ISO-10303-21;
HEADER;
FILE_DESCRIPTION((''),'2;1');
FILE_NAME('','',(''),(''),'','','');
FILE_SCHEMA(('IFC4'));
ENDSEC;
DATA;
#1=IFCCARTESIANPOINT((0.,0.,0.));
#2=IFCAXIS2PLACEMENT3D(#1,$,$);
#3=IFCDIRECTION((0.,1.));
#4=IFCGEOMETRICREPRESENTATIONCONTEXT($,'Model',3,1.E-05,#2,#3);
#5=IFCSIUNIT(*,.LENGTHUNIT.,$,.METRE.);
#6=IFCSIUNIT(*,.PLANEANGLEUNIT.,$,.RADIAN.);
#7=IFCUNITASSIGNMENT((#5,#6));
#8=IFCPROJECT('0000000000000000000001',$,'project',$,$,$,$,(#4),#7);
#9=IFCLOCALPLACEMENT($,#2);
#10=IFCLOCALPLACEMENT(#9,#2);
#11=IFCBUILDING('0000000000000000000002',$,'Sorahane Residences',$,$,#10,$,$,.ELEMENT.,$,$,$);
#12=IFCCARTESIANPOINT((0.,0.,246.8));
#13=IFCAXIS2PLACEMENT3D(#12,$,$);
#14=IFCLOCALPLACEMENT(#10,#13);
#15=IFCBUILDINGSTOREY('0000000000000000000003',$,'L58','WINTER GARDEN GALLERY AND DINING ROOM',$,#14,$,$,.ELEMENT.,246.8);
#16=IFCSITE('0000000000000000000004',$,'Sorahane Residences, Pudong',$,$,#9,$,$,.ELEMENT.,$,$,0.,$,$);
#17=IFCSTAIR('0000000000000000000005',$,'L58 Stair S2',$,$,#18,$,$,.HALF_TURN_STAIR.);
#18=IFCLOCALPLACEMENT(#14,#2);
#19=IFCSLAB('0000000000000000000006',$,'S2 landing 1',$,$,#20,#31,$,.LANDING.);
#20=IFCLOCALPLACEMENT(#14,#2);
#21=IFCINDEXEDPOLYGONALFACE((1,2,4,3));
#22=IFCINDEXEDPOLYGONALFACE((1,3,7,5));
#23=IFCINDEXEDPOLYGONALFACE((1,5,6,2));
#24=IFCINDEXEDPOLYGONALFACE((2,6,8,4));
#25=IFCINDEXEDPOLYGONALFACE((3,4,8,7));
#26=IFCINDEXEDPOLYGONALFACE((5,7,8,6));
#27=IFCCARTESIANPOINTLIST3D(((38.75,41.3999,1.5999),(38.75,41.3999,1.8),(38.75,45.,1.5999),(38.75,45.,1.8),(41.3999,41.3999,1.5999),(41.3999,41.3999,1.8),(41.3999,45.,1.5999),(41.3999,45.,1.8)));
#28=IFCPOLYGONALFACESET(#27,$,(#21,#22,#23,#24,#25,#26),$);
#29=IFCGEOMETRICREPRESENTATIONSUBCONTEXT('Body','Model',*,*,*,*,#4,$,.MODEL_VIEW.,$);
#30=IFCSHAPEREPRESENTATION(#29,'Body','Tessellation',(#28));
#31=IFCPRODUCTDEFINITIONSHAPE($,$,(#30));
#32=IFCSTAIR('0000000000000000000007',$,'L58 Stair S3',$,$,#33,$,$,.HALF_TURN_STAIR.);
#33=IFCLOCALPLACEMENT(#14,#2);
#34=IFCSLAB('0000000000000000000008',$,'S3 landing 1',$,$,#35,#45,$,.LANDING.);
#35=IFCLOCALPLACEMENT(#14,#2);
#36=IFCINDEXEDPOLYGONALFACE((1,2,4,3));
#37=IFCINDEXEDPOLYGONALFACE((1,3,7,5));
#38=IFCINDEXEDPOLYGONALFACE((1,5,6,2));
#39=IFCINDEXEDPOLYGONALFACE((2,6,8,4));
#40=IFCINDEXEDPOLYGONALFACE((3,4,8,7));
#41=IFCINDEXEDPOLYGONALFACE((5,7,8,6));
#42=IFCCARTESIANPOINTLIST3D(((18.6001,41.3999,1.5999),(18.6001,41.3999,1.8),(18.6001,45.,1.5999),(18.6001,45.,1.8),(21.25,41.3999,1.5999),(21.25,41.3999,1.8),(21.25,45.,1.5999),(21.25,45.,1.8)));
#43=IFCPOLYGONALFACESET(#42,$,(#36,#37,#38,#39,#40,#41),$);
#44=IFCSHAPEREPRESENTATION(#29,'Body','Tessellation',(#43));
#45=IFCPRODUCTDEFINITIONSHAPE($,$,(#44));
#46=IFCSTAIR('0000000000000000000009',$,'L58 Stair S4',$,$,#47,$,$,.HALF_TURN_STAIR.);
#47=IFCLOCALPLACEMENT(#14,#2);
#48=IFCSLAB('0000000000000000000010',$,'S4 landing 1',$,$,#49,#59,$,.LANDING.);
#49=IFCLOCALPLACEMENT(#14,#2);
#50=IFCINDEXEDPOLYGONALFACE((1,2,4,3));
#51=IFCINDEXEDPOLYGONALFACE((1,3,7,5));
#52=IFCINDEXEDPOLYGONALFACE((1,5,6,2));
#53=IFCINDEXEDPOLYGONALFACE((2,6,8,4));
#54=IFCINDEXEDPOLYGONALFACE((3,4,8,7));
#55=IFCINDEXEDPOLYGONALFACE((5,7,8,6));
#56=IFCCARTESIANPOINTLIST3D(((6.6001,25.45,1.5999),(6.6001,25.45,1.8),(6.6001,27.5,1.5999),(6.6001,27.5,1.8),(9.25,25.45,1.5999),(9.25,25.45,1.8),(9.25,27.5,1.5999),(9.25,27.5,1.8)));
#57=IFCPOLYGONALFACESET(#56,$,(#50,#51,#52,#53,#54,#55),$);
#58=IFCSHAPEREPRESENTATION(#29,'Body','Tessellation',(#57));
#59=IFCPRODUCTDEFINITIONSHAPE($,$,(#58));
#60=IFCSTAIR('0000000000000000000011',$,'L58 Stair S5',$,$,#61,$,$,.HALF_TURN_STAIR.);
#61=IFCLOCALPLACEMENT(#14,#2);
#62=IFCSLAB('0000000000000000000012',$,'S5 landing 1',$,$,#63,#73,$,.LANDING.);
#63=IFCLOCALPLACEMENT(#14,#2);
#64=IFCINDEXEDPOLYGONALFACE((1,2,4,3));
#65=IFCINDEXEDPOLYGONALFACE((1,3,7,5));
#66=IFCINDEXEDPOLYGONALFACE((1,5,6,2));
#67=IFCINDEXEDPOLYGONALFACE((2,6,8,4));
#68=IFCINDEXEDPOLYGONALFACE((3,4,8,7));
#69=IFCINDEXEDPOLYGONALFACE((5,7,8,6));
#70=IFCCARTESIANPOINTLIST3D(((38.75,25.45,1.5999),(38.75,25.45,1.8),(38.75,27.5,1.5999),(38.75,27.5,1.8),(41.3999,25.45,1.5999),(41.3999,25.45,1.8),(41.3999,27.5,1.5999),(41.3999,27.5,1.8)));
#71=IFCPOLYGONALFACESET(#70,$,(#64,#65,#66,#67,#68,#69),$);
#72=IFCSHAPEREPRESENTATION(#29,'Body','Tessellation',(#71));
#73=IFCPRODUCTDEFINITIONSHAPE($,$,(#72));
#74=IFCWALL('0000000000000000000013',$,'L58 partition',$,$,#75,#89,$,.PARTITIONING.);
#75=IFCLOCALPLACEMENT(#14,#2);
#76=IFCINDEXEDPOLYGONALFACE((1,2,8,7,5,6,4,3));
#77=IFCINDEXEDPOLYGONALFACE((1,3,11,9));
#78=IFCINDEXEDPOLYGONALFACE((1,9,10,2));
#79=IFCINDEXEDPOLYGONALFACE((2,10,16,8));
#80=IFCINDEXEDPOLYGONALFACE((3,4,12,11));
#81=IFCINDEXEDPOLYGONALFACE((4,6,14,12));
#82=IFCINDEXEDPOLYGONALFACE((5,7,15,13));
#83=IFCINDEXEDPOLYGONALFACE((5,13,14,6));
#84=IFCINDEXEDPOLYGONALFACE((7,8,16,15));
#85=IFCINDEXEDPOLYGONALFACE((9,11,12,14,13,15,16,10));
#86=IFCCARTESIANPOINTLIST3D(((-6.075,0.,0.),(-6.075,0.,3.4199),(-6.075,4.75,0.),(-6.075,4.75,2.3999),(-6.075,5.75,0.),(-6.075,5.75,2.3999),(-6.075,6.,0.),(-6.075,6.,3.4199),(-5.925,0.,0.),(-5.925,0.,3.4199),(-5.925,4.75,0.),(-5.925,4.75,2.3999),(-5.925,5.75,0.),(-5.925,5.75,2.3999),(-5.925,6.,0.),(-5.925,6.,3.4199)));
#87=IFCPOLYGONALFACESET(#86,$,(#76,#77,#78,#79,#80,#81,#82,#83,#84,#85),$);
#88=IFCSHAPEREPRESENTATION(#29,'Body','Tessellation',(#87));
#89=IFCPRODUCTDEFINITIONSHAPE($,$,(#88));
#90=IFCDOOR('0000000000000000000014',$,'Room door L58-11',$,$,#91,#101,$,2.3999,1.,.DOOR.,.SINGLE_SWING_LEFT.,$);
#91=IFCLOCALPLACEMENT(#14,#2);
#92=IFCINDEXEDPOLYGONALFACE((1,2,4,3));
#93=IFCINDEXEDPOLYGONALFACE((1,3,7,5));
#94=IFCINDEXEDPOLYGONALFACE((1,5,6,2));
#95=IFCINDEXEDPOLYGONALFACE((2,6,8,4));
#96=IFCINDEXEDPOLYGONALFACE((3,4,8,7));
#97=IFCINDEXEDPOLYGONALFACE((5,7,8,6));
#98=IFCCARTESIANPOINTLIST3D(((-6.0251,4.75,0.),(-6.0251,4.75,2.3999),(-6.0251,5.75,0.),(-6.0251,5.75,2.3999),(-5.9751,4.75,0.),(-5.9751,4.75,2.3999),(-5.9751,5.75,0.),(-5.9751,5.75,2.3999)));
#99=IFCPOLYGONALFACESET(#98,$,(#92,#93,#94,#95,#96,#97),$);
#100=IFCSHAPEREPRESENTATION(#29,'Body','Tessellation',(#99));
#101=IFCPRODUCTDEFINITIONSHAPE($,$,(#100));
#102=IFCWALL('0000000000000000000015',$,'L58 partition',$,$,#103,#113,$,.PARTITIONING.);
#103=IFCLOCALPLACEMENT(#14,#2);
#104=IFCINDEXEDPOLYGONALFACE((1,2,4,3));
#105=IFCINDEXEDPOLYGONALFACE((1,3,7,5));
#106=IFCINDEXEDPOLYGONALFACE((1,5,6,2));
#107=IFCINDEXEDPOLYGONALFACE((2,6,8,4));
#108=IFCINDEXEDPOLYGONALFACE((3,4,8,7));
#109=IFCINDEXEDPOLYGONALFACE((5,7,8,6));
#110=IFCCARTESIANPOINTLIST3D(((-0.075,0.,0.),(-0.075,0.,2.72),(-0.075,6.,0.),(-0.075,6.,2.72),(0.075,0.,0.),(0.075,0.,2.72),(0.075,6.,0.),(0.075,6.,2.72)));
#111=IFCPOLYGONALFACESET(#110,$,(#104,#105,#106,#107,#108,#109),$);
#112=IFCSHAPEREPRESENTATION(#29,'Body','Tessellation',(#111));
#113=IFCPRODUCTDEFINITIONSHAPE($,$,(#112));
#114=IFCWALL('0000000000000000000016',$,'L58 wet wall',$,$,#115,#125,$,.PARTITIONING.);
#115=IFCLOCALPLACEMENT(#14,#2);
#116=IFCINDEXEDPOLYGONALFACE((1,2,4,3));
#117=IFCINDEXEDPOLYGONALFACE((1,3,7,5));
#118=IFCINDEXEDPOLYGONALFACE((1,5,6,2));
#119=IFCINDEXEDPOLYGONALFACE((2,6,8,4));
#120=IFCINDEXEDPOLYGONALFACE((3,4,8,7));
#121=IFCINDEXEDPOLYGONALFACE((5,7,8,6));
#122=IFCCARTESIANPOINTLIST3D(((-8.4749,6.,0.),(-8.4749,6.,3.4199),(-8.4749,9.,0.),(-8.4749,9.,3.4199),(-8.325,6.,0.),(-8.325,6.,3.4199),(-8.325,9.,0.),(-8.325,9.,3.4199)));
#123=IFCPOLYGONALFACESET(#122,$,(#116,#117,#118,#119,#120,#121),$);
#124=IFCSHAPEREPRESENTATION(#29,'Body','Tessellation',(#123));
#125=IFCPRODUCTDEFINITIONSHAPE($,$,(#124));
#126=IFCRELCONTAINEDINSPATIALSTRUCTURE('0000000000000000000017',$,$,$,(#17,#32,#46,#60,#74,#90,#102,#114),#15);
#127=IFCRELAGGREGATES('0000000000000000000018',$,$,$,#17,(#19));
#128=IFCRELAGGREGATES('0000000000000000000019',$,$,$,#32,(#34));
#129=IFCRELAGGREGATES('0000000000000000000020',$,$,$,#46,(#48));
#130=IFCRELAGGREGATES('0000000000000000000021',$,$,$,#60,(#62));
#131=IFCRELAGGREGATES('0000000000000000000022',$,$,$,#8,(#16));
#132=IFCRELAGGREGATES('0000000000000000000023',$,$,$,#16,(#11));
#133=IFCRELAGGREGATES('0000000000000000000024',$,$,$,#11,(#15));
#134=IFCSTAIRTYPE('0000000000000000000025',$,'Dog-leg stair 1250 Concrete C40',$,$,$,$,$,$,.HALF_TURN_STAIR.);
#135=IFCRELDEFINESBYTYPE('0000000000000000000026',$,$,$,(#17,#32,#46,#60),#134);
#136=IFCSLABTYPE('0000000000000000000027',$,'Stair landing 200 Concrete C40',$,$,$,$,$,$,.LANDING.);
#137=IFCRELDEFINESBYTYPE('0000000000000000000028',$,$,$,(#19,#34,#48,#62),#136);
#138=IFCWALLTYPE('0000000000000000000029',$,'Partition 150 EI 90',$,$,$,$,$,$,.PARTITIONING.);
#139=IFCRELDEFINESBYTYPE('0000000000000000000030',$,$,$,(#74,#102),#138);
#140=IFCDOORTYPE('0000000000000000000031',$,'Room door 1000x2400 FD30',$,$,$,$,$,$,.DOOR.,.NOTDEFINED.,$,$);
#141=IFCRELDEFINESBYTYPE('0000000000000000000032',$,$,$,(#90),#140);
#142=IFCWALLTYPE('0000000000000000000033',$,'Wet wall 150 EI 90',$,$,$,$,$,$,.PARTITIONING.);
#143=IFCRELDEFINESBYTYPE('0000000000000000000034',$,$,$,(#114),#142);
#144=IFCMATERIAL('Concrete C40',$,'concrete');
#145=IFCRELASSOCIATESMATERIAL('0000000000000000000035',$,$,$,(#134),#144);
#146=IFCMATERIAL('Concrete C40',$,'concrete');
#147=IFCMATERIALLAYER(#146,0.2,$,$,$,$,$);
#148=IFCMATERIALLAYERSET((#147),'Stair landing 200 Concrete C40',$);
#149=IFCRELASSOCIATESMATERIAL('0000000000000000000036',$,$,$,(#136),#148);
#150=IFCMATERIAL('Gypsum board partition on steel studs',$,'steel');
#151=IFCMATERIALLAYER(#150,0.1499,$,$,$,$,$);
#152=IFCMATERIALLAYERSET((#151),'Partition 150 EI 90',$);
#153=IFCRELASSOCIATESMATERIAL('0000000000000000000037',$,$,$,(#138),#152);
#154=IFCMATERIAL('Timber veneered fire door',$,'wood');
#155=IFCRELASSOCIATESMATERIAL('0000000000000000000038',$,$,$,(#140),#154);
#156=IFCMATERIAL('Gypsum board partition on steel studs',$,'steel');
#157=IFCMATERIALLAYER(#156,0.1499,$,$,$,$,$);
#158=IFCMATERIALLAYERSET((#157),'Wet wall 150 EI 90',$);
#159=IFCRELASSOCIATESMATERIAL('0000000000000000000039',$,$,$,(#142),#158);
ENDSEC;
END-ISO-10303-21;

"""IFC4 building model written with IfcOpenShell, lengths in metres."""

from ifc_helpers import new_model, si_unit, direction, frame, frame_2d, origin, place, context, subcontext, project, spatial, polyline, rectangle, outline, extrude, material, layer, layer_set, type_object, element, fill, aggregate, save


model = new_model("IFC4")

# Units and contexts
model_context = context("Model", 3, precision=1e-05, world=origin(), true_north=direction((0.0, 1.0)))
body_context = subcontext(model_context, "Body", "Model", "MODEL_VIEW")
ifc_project = project(units=[si_unit("LENGTHUNIT", "METRE"), si_unit("PLANEANGLEUNIT", "RADIAN")], contexts=[model_context])

# Site, building, storey
site_placement = place(None, origin())
site = spatial("IfcSite", under=ifc_project, at=site_placement, Name="Sorahane Residences, Pudong", CompositionType="ELEMENT", RefElevation=0.0)
building_placement = place(site_placement, origin())
building = spatial("IfcBuilding", under=site, at=building_placement, Name="Sorahane Residences", CompositionType="ELEMENT")
storey_placement = place(building_placement, frame((0.0, 0.0, 246.8)))
storey = spatial("IfcBuildingStorey", under=building, at=storey_placement, Name="L58", Description="WINTER GARDEN GALLERY AND DINING ROOM", CompositionType="ELEMENT", Elevation=246.8)

# Stairs, slabs
ifc_material_1 = material(Name="Concrete C40", Category="concrete")
stair_type = type_object("IfcStairType", Name="Dog-leg stair 1250 Concrete C40", PredefinedType="HALF_TURN_STAIR", material=ifc_material_1)
ifc_material_2 = material(Name="Concrete C40", Category="concrete")
ifc_layer_1 = layer(ifc_material_2, 0.2)
ifc_layer_set_1 = layer_set([ifc_layer_1], Name="Stair landing 200 Concrete C40")
slab_type_1 = type_object("IfcSlabType", Name="Stair landing 200 Concrete C40", PredefinedType="LANDING", material=ifc_layer_set_1)
stair_1_placement = place(storey_placement, origin())
stair_1 = element("IfcStair", 1, at=stair_1_placement, inside=storey, type_object=stair_type, Name="L58 Stair S2", PredefinedType="HALF_TURN_STAIR")
slab_1_placement = place(storey_placement, frame((0.0, 0.0, 1.5999)))
slab_1 = element("IfcSlab", 2, at=slab_1_placement, type_object=slab_type_1, Name="S2 landing 1", PredefinedType="LANDING", context=body_context, shape_type="SweptSolid", body=[
    extrude(outline(polyline([(41.3999, 41.3999), (41.3999, 45.0), (38.75, 45.0), (38.75, 41.3999), (41.3999, 41.3999)])), origin(), (0.0, 0.0, 1.0), 0.2002),
])
aggregate(stair_1, [slab_1])
stair_2_placement = place(storey_placement, origin())
stair_2 = element("IfcStair", 3, at=stair_2_placement, inside=storey, type_object=stair_type, Name="L58 Stair S3", PredefinedType="HALF_TURN_STAIR")
slab_2_placement = place(storey_placement, frame((0.0, 0.0, 1.5999)))
slab_2 = element("IfcSlab", 4, at=slab_2_placement, type_object=slab_type_1, Name="S3 landing 1", PredefinedType="LANDING", context=body_context, shape_type="SweptSolid", body=[
    extrude(outline(polyline([(21.25, 41.3999), (21.25, 45.0), (18.6001, 45.0), (18.6001, 41.3999), (21.25, 41.3999)])), origin(), (0.0, 0.0, 1.0), 0.2002),
])
aggregate(stair_2, [slab_2])
stair_3_placement = place(storey_placement, origin())
stair_3 = element("IfcStair", 5, at=stair_3_placement, inside=storey, type_object=stair_type, Name="L58 Stair S4", PredefinedType="HALF_TURN_STAIR")
slab_3_placement = place(storey_placement, frame((0.0, 0.0, 1.5999)))
slab_3 = element("IfcSlab", 6, at=slab_3_placement, type_object=slab_type_1, Name="S4 landing 1", PredefinedType="LANDING", context=body_context, shape_type="SweptSolid", body=[
    extrude(outline(polyline([(9.25, 25.45), (9.25, 27.5), (6.6001, 27.5), (6.6001, 25.45), (9.25, 25.45)])), origin(), (0.0, 0.0, 1.0), 0.2002),
])
aggregate(stair_3, [slab_3])
stair_4_placement = place(storey_placement, origin())
stair_4 = element("IfcStair", 7, at=stair_4_placement, inside=storey, type_object=stair_type, Name="L58 Stair S5", PredefinedType="HALF_TURN_STAIR")
slab_4_placement = place(storey_placement, frame((0.0, 0.0, 1.5999)))
slab_4 = element("IfcSlab", 8, at=slab_4_placement, type_object=slab_type_1, Name="S5 landing 1", PredefinedType="LANDING", context=body_context, shape_type="SweptSolid", body=[
    extrude(outline(polyline([(41.3999, 25.45), (41.3999, 27.5), (38.75, 27.5), (38.75, 25.45), (41.3999, 25.45)])), origin(), (0.0, 0.0, 1.0), 0.2002),
])
aggregate(stair_4, [slab_4])

# Wall, opening, door
ifc_material_3 = material(Name="Gypsum board partition on steel studs", Category="steel")
ifc_layer_2 = layer(ifc_material_3, 0.1499)
ifc_layer_set_2 = layer_set([ifc_layer_2], Name="Partition 150 EI 90")
wall_type_1 = type_object("IfcWallType", Name="Partition 150 EI 90", PredefinedType="PARTITIONING", material=ifc_layer_set_2)
wall_1_placement = place(storey_placement, frame((-6.0, 0.0, 0.0), z_axis=(0.0, 0.0, 1.0), x_axis=(0.0, 1.0, 0.0)))
wall_1 = element("IfcWall", 9, at=wall_1_placement, inside=storey, type_object=wall_type_1, Name="L58 partition", PredefinedType="PARTITIONING", context=body_context, shape_type="SweptSolid", body=[
    extrude(rectangle(XDim=6.0, YDim=0.1499, at=frame_2d((3.0, 0.0))), origin(), (0.0, 0.0, 1.0), 3.4199),
])
opening_1_placement = place(wall_1_placement, frame((4.75, 0.0, 0.0)))
opening_1 = element("IfcOpeningElement", 10, at=opening_1_placement, cuts=wall_1, PredefinedType="OPENING", context=body_context, shape_type="SweptSolid", body=[
    extrude(rectangle(XDim=1.0, YDim=2.3999, at=frame_2d((0.5, 1.2))), frame((0.0, 0.085, 0.0), z_axis=(0.0, -1.0, 0.0), x_axis=(1.0, 0.0, 0.0)), (0.0, 0.0, 1.0), 0.1699),
])
ifc_material_4 = material(Name="Timber veneered fire door", Category="wood")
door_type = type_object("IfcDoorType", Name="Room door 1000x2400 FD30", OperationType="NOTDEFINED", PredefinedType="DOOR", material=ifc_material_4)
door_1_placement = place(opening_1_placement, frame((1.0, 0.0, 0.0), z_axis=(0.0, 0.0, 1.0), x_axis=(-1.0, 0.0, 0.0)))
door_1 = element("IfcDoor", 11, at=door_1_placement, inside=storey, type_object=door_type, Name="Room door L58-11", OperationType="SINGLE_SWING_LEFT", OverallHeight=2.3999, OverallWidth=1.0, PredefinedType="DOOR", context=body_context, shape_type="SweptSolid", body=[
    extrude(rectangle(XDim=1.0, YDim=2.3999, at=frame_2d((0.5, 1.2))), frame((0.0, 0.0249, 0.0), z_axis=(0.0, -1.0, 0.0), x_axis=(1.0, 0.0, 0.0)), (0.0, 0.0, 1.0), 0.05),
])
fill(opening_1, door_1)

# Wall
wall_2_placement = place(storey_placement, frame((0.0, 0.0, 0.0), z_axis=(0.0, 0.0, 1.0), x_axis=(0.0, 1.0, 0.0)))
element("IfcWall", 12, at=wall_2_placement, inside=storey, type_object=wall_type_1, Name="L58 partition", PredefinedType="PARTITIONING", context=body_context, shape_type="SweptSolid", body=[
    extrude(rectangle(XDim=6.0, YDim=0.1499, at=frame_2d((3.0, 0.0))), origin(), (0.0, 0.0, 1.0), 2.72),
])

# Wall
ifc_material_5 = material(Name="Gypsum board partition on steel studs", Category="steel")
ifc_layer_3 = layer(ifc_material_5, 0.1499)
ifc_layer_set_3 = layer_set([ifc_layer_3], Name="Wet wall 150 EI 90")
wall_type_2 = type_object("IfcWallType", Name="Wet wall 150 EI 90", PredefinedType="PARTITIONING", material=ifc_layer_set_3)
wall_3_placement = place(storey_placement, frame((-8.3999, 6.0, 0.0), z_axis=(0.0, 0.0, 1.0), x_axis=(0.0, 1.0, 0.0)))
element("IfcWall", 13, at=wall_3_placement, inside=storey, type_object=wall_type_2, Name="L58 wet wall", PredefinedType="PARTITIONING", context=body_context, shape_type="SweptSolid", body=[
    extrude(rectangle(XDim=3.0, YDim=0.1499, at=frame_2d((1.5, 0.0))), origin(), (0.0, 0.0, 1.0), 3.4199),
])

save(model, "model.ifc")
